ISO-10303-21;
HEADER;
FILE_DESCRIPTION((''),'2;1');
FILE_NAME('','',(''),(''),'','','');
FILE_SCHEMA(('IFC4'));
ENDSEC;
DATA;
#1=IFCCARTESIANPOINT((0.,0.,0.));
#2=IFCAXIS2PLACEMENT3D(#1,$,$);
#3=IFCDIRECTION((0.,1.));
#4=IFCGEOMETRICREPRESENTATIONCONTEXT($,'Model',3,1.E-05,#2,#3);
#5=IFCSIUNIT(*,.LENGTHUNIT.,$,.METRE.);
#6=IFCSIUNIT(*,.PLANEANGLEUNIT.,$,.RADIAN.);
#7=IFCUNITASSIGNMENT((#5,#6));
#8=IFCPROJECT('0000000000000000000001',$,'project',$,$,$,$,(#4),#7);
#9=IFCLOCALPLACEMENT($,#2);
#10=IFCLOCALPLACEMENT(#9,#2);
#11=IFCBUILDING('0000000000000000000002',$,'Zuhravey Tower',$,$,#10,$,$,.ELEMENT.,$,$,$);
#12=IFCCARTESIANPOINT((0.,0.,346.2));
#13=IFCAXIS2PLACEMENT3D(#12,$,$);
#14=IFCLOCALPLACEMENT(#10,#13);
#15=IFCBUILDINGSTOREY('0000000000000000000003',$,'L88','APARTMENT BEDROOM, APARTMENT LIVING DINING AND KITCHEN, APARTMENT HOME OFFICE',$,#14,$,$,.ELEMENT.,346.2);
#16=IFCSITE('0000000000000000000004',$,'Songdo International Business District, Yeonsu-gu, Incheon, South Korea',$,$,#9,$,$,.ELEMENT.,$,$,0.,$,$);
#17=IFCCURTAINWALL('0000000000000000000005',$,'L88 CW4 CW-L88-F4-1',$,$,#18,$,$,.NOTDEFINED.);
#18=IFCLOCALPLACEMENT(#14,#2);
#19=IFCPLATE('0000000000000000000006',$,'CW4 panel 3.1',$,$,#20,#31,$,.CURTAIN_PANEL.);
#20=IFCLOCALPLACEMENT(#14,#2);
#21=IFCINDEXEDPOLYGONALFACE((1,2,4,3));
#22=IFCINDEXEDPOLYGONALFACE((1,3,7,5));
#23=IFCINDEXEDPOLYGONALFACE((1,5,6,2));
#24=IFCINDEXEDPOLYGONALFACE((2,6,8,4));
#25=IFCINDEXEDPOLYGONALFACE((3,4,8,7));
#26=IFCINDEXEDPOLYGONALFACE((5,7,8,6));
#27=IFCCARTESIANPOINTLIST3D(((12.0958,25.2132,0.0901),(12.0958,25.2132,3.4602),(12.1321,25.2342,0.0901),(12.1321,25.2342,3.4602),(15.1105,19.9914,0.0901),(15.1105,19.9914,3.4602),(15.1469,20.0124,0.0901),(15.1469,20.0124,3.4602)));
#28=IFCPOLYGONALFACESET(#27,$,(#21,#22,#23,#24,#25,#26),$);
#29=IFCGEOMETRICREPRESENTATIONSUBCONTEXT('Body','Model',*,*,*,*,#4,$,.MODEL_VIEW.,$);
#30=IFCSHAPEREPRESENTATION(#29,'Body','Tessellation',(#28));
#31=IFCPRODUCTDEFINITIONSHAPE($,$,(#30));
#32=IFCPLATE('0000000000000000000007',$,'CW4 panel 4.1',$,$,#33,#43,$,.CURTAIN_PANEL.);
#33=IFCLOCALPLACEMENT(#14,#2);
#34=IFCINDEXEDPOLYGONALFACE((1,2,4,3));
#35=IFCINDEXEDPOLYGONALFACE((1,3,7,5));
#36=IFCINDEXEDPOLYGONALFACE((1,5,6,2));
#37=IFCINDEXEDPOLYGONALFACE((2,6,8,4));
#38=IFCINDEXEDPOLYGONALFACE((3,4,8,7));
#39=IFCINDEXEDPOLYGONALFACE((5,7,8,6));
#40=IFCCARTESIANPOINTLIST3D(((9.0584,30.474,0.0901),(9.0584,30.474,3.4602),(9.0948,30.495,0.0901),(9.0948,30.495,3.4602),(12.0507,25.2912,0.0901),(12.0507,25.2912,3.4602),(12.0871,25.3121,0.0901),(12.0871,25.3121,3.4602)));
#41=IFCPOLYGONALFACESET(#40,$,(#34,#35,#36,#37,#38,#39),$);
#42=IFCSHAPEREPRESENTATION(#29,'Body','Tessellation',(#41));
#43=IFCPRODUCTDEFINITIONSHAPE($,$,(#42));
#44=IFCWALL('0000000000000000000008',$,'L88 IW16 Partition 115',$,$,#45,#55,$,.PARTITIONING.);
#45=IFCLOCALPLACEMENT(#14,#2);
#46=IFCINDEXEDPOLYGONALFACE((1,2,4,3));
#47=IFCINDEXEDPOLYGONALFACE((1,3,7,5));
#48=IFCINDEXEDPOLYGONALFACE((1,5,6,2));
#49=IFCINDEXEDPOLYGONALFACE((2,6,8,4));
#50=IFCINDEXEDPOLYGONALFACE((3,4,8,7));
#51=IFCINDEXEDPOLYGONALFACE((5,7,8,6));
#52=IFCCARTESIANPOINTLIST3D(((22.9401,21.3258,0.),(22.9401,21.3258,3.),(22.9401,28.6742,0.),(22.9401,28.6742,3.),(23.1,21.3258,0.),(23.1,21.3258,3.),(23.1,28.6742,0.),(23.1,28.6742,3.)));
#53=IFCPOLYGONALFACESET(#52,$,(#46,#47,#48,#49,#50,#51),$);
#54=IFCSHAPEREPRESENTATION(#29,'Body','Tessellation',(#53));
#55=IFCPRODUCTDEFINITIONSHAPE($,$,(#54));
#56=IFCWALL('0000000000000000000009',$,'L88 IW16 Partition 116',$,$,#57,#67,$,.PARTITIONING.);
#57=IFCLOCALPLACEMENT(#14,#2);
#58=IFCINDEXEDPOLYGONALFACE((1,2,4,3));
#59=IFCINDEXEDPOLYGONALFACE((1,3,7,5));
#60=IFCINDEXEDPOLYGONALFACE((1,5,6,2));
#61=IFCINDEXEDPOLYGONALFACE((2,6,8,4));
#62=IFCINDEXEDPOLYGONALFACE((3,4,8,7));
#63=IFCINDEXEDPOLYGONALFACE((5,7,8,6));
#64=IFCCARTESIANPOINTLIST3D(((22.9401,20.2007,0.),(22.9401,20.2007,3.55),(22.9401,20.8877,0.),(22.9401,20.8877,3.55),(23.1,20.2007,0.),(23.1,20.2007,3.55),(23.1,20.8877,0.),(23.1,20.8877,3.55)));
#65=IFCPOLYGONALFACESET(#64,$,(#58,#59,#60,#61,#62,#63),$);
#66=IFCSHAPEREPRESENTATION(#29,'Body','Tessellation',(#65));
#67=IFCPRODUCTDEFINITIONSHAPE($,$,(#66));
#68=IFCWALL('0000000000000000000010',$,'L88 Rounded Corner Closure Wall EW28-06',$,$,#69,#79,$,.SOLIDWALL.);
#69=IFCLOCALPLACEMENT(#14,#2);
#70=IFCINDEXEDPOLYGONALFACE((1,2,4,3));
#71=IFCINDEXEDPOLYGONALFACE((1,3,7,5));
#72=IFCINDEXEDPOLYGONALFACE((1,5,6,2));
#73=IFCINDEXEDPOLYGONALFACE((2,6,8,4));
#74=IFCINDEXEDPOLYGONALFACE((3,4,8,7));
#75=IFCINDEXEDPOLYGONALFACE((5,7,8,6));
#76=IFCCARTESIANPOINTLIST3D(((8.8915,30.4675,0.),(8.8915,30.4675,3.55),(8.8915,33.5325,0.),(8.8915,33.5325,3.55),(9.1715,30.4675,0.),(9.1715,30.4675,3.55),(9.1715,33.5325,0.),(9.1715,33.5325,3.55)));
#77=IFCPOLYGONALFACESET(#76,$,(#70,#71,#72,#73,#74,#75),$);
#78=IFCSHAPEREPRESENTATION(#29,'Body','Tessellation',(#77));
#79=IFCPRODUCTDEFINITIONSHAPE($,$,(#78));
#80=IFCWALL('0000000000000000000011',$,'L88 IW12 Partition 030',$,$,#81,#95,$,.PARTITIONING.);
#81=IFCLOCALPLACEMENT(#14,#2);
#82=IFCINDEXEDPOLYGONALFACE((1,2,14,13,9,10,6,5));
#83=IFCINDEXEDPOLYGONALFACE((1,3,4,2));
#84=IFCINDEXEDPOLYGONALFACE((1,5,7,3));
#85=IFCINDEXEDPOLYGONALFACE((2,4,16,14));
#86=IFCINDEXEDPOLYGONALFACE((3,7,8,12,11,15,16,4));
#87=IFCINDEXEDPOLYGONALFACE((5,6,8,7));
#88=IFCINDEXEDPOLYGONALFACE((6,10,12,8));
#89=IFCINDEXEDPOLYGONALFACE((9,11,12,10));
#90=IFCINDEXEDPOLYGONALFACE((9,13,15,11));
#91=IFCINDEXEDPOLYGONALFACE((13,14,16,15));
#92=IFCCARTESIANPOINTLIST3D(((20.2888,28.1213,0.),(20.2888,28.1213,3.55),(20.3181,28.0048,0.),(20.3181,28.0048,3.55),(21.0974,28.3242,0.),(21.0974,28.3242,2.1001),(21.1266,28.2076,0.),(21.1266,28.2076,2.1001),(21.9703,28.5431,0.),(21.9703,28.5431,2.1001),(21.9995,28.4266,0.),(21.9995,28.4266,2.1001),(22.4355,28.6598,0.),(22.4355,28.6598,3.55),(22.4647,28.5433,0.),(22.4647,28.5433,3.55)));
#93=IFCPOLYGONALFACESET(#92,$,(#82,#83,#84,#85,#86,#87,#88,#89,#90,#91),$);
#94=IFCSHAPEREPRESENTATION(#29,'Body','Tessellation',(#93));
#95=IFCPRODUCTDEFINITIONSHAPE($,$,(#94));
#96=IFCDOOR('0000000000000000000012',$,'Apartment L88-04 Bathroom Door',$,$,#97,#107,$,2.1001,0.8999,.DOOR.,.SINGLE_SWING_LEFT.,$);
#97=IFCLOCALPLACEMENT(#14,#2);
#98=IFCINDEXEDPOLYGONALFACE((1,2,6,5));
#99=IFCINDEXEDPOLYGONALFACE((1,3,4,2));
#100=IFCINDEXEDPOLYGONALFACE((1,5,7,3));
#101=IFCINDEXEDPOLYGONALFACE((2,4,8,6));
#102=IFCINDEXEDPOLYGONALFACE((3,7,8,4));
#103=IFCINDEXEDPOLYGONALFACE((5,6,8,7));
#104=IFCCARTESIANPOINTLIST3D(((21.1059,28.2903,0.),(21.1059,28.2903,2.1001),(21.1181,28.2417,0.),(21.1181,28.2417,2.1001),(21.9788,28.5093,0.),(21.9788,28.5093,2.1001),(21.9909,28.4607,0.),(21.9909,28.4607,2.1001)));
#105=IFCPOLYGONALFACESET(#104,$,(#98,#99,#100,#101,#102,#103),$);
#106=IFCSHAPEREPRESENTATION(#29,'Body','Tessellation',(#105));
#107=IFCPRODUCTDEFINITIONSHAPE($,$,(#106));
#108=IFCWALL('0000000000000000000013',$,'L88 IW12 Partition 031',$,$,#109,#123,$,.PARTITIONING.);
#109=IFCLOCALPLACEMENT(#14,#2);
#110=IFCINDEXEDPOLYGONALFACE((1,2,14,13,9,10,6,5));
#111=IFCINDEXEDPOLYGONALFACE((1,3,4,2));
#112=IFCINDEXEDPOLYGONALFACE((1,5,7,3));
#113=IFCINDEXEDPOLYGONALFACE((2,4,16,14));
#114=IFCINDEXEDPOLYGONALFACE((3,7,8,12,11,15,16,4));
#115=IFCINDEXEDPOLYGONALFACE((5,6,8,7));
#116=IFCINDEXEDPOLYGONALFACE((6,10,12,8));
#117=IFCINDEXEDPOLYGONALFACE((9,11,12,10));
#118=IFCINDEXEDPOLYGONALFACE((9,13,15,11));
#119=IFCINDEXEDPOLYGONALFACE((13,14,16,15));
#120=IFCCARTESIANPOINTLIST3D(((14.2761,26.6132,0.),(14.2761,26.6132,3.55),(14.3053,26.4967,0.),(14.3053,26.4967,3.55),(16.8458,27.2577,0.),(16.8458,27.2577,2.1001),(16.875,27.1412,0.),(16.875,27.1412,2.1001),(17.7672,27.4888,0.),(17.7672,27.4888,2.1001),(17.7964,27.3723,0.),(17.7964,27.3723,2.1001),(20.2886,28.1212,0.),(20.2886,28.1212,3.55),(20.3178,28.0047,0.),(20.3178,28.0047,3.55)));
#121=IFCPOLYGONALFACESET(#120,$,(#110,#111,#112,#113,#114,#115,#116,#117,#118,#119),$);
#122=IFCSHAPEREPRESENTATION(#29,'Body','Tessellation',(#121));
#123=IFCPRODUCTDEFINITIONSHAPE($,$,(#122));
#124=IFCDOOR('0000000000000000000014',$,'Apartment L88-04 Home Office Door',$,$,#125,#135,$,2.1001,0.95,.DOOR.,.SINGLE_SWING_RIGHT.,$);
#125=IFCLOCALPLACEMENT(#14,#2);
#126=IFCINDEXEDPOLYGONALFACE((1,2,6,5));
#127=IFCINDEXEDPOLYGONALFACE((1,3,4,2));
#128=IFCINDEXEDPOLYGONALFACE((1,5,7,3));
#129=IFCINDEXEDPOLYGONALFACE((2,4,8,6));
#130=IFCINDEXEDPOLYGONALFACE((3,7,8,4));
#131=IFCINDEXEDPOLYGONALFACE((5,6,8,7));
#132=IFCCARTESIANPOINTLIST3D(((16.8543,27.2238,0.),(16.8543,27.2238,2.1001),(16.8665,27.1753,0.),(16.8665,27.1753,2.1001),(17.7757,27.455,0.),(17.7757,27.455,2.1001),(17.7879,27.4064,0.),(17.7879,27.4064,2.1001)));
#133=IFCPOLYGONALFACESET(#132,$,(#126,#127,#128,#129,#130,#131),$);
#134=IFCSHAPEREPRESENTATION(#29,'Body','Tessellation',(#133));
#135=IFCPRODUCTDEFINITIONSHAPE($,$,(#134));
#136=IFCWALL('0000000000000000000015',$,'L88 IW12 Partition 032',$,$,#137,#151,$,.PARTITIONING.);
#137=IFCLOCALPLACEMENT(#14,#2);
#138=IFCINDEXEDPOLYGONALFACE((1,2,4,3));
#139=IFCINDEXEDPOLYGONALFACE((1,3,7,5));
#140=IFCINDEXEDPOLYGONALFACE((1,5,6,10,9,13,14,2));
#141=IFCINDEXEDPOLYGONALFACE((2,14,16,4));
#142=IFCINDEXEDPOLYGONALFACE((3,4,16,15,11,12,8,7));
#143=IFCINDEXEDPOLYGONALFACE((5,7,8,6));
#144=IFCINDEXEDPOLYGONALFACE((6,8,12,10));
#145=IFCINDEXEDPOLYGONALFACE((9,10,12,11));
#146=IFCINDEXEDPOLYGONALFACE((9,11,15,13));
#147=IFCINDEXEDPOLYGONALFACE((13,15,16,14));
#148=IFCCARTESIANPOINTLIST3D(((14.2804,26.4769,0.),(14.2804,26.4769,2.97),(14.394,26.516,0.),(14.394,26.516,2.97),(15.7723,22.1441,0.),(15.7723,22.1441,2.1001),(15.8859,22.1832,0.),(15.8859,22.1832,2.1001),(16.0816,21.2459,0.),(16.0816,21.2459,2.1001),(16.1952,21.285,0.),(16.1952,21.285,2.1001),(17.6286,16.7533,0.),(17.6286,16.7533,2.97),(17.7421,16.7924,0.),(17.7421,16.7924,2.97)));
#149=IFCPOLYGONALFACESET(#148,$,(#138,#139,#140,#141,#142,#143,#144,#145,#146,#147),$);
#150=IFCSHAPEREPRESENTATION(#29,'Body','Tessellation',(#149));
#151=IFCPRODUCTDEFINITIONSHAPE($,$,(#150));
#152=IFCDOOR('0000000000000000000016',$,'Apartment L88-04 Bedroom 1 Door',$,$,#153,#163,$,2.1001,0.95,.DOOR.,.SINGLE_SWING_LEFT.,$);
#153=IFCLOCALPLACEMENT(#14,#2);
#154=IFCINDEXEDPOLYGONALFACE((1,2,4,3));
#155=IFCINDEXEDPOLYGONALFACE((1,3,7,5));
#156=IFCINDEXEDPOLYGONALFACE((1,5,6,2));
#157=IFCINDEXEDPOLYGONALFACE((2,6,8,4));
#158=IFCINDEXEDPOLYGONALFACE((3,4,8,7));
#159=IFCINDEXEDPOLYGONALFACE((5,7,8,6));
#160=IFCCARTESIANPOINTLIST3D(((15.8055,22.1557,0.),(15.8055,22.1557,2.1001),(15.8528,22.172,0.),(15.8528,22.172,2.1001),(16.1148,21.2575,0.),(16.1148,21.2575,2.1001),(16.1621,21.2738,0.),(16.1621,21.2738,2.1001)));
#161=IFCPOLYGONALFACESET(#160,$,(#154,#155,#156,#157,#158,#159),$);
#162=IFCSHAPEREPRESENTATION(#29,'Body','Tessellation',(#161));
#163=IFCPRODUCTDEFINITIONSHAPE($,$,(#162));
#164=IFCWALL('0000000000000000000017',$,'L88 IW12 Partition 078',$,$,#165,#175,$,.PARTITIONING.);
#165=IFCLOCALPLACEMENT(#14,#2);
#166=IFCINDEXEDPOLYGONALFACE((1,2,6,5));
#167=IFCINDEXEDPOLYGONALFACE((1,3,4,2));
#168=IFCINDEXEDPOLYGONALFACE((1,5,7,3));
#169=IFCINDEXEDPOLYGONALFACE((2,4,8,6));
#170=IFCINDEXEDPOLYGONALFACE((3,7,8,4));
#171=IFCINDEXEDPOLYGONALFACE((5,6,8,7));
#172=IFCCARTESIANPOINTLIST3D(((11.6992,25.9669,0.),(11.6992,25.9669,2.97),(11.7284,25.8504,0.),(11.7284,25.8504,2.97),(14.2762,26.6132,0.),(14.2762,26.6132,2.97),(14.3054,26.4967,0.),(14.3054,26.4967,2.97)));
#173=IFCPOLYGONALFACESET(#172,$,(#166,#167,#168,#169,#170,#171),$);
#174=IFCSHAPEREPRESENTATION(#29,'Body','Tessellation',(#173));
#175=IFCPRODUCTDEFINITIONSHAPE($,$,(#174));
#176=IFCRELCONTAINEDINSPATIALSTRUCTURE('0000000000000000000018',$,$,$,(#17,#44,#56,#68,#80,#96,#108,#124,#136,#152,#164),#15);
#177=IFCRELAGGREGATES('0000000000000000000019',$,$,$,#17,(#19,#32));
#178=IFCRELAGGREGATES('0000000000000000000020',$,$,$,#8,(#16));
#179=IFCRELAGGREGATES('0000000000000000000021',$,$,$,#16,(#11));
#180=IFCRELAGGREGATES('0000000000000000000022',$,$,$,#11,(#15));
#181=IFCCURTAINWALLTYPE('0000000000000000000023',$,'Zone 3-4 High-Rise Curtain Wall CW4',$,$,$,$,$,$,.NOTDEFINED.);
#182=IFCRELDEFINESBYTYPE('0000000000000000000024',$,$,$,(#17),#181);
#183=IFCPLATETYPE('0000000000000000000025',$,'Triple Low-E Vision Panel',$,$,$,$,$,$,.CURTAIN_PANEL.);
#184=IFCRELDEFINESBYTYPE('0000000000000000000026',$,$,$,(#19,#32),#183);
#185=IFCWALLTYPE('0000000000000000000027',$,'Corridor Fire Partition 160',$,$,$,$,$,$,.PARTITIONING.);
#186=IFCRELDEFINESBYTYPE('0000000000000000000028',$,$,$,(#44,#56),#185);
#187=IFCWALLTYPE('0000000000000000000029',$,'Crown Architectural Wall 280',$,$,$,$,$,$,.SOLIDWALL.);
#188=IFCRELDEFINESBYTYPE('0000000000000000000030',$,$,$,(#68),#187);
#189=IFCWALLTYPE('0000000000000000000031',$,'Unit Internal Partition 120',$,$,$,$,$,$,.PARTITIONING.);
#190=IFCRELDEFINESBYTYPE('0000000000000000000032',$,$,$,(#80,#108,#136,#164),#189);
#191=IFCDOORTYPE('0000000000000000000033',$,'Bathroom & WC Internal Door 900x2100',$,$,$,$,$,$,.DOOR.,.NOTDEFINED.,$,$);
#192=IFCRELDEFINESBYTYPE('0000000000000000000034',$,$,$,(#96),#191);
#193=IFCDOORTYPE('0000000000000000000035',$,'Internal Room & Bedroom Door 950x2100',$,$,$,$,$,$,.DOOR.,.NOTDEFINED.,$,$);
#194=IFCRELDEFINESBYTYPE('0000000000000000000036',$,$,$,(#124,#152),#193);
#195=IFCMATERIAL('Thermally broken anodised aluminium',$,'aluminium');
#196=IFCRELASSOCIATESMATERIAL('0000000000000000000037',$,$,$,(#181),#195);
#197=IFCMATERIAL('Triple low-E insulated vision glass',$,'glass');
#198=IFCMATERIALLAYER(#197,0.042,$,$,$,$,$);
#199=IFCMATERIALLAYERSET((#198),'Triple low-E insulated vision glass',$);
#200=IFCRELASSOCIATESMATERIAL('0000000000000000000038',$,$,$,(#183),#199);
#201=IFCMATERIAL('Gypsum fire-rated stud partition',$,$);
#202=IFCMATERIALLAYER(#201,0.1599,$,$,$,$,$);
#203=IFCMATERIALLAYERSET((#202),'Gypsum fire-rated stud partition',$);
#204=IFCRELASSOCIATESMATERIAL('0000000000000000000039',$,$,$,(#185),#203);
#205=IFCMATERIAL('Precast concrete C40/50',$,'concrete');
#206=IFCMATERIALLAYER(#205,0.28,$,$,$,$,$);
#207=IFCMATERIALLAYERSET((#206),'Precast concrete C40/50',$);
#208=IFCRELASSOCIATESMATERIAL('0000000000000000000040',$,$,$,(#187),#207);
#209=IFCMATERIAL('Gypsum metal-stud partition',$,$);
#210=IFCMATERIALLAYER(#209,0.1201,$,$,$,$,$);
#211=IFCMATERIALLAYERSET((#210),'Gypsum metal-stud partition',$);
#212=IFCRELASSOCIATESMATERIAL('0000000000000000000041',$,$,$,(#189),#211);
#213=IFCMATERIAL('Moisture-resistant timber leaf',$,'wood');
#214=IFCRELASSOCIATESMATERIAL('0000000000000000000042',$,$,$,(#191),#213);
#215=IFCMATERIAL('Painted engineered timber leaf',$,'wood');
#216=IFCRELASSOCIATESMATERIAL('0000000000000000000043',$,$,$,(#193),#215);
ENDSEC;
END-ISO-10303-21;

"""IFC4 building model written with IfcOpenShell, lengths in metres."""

from ifc_helpers import new_model, si_unit, direction, frame, frame_2d, origin, origin_2d, place, context, subcontext, project, spatial, rectangle, extrude, material, layer, layer_set, type_object, element, fill, aggregate, save


model = new_model("IFC4")

# Units and contexts
model_context = context("Model", 3, precision=1e-05, world=origin(), true_north=direction((0.0, 1.0)))
body_context = subcontext(model_context, "Body", "Model", "MODEL_VIEW")
ifc_project = project(units=[si_unit("LENGTHUNIT", "METRE"), si_unit("PLANEANGLEUNIT", "RADIAN")], contexts=[model_context])

# Site, building, storey
site_placement = place(None, origin())
site = spatial("IfcSite", under=ifc_project, at=site_placement, Name="Songdo International Business District, Yeonsu-gu, Incheon, South Korea", CompositionType="ELEMENT", RefElevation=0.0)
building_placement = place(site_placement, origin())
building = spatial("IfcBuilding", under=site, at=building_placement, Name="Zuhravey Tower", CompositionType="ELEMENT")
storey_placement = place(building_placement, frame((0.0, 0.0, 346.2)))
storey = spatial("IfcBuildingStorey", under=building, at=storey_placement, Name="L88", Description="APARTMENT BEDROOM, APARTMENT LIVING DINING AND KITCHEN, APARTMENT HOME OFFICE", CompositionType="ELEMENT", Elevation=346.2)

# Curtain wall
ifc_material_1 = material(Name="Thermally broken anodised aluminium", Category="aluminium")
curtain_wall_type = type_object("IfcCurtainWallType", Name="Zone 3-4 High-Rise Curtain Wall CW4", PredefinedType="NOTDEFINED", material=ifc_material_1)
curtain_wall_placement = place(storey_placement, origin())
curtain_wall = element("IfcCurtainWall", 1, at=curtain_wall_placement, inside=storey, type_object=curtain_wall_type, Name="L88 CW4 CW-L88-F4-1", PredefinedType="NOTDEFINED")

# Plates
ifc_material_2 = material(Name="Triple low-E insulated vision glass", Category="glass")
ifc_layer_1 = layer(ifc_material_2, 0.042)
ifc_layer_set_1 = layer_set([ifc_layer_1], Name="Triple low-E insulated vision glass")
plate_type_1 = type_object("IfcPlateType", Name="Triple Low-E Vision Panel", PredefinedType="CURTAIN_PANEL", material=ifc_layer_set_1)
plate_1_placement = place(storey_placement, frame((13.6213, 22.6128, 0.0901), z_axis=(0.0, 0.0, 1.0), x_axis=(-0.5, 0.866026, 0.0)))
plate_1 = element("IfcPlate", 2, at=plate_1_placement, type_object=plate_type_1, Name="CW4 panel 3.1", PredefinedType="CURTAIN_PANEL", context=body_context, shape_type="SweptSolid", body=[
    extrude(rectangle(XDim=6.0295, YDim=0.042, at=origin_2d()), origin(), (0.0, 0.0, 1.0), 3.3701),
])
plate_2_placement = place(storey_placement, frame((10.5728, 27.8931, 0.0901), z_axis=(0.0, 0.0, 1.0), x_axis=(-0.5, 0.866026, 0.0)))
plate_2 = element("IfcPlate", 3, at=plate_2_placement, type_object=plate_type_1, Name="CW4 panel 4.1", PredefinedType="CURTAIN_PANEL", context=body_context, shape_type="SweptSolid", body=[
    extrude(rectangle(XDim=5.9846, YDim=0.042, at=origin_2d()), origin(), (0.0, 0.0, 1.0), 3.3701),
])
aggregate(curtain_wall, [plate_1, plate_2])

# Shared definitions
ifc_material_3 = material(Name="Gypsum fire-rated stud partition")
ifc_layer_2 = layer(ifc_material_3, 0.1599)
ifc_layer_set_2 = layer_set([ifc_layer_2], Name="Gypsum fire-rated stud partition")
wall_type_1 = type_object("IfcWallType", Name="Corridor Fire Partition 160", PredefinedType="PARTITIONING", material=ifc_layer_set_2)

# Walls
wall_1_placement = place(storey_placement, frame((23.02, 28.6743, 0.0), z_axis=(0.0, 0.0, 1.0), x_axis=(0.0, -1.0, 0.0)))
element("IfcWall", 4, at=wall_1_placement, inside=storey, type_object=wall_type_1, Name="L88 IW16 Partition 115", PredefinedType="PARTITIONING", context=body_context, shape_type="SweptSolid", body=[
    extrude(rectangle(XDim=7.3484, YDim=0.1599, at=frame_2d((3.6743, 0.0))), origin(), (0.0, 0.0, 1.0), 3.0),
])
wall_2_placement = place(storey_placement, frame((23.02, 20.8877, 0.0), z_axis=(0.0, 0.0, 1.0), x_axis=(0.0, -1.0, 0.0)))
element("IfcWall", 5, at=wall_2_placement, inside=storey, type_object=wall_type_1, Name="L88 IW16 Partition 116", PredefinedType="PARTITIONING", context=body_context, shape_type="SweptSolid", body=[
    extrude(rectangle(XDim=0.687, YDim=0.1599, at=frame_2d((0.3435, 0.0))), origin(), (0.0, 0.0, 1.0), 3.55),
])
ifc_material_4 = material(Name="Precast concrete C40/50", Category="concrete")
ifc_layer_3 = layer(ifc_material_4, 0.28)
ifc_layer_set_3 = layer_set([ifc_layer_3], Name="Precast concrete C40/50")
wall_type_2 = type_object("IfcWallType", Name="Crown Architectural Wall 280", PredefinedType="SOLIDWALL", material=ifc_layer_set_3)
wall_3_placement = place(storey_placement, frame((9.0315, 30.4675, 0.0), z_axis=(0.0, 0.0, 1.0), x_axis=(0.0, 1.0, 0.0)))
element("IfcWall", 6, at=wall_3_placement, inside=storey, type_object=wall_type_2, Name="L88 Rounded Corner Closure Wall EW28-06", PredefinedType="SOLIDWALL", context=body_context, shape_type="SweptSolid", body=[
    extrude(rectangle(XDim=3.0649, YDim=0.28, at=frame_2d((1.5325, 0.0))), origin(), (0.0, 0.0, 1.0), 3.55),
])

# Walls, openings, doors
ifc_material_5 = material(Name="Gypsum metal-stud partition")
ifc_layer_4 = layer(ifc_material_5, 0.1201)
ifc_layer_set_4 = layer_set([ifc_layer_4], Name="Gypsum metal-stud partition")
wall_type_3 = type_object("IfcWallType", Name="Unit Internal Partition 120", PredefinedType="PARTITIONING", material=ifc_layer_set_4)
wall_4_placement = place(storey_placement, frame((22.45, 28.6016, 0.0), z_axis=(0.0, 0.0, 1.0), x_axis=(-0.969941, -0.24334, 0.0)))
wall_4 = element("IfcWall", 7, at=wall_4_placement, inside=storey, type_object=wall_type_3, Name="L88 IW12 Partition 030", PredefinedType="PARTITIONING", context=body_context, shape_type="SweptSolid", body=[
    extrude(rectangle(XDim=2.2131, YDim=0.1201, at=frame_2d((1.1064, 0.0))), origin(), (0.0, 0.0, 1.0), 3.55),
])
opening_1_placement = place(wall_4_placement, frame((0.4795, 0.0, 0.0)))
opening_1 = element("IfcOpeningElement", 8, at=opening_1_placement, cuts=wall_4, PredefinedType="OPENING", context=body_context, shape_type="SweptSolid", body=[
    extrude(rectangle(XDim=0.8999, YDim=2.1001, at=frame_2d((0.45, 1.05))), frame((0.0, 0.072, 0.0), z_axis=(0.0, -1.0, 0.0), x_axis=(1.0, 0.0, 0.0)), (0.0, 0.0, 1.0), 0.144),
])
ifc_material_6 = material(Name="Moisture-resistant timber leaf", Category="wood")
door_type_1 = type_object("IfcDoorType", Name="Bathroom & WC Internal Door 900x2100", OperationType="NOTDEFINED", PredefinedType="DOOR", material=ifc_material_6)
door_1_placement = place(opening_1_placement, origin())
door_1 = element("IfcDoor", 9, at=door_1_placement, inside=storey, type_object=door_type_1, Name="Apartment L88-04 Bathroom Door", OperationType="SINGLE_SWING_LEFT", OverallHeight=2.1001, OverallWidth=0.8999, PredefinedType="DOOR", context=body_context, shape_type="SweptSolid", body=[
    extrude(rectangle(XDim=0.8999, YDim=2.1001, at=frame_2d((0.45, 1.05))), frame((0.0, 0.0249, 0.0), z_axis=(0.0, -1.0, 0.0), x_axis=(1.0, 0.0, 0.0)), (0.0, 0.0, 1.0), 0.05),
])
fill(opening_1, door_1)
wall_5_placement = place(storey_placement, frame((20.3032, 28.063, 0.0), z_axis=(0.0, 0.0, 1.0), x_axis=(-0.969955, -0.243286, 0.0)))
wall_5 = element("IfcWall", 10, at=wall_5_placement, inside=storey, type_object=wall_type_3, Name="L88 IW12 Partition 031", PredefinedType="PARTITIONING", context=body_context, shape_type="SweptSolid", body=[
    extrude(rectangle(XDim=6.1987, YDim=0.1201, at=frame_2d((3.0994, 0.0))), origin(), (0.0, 0.0, 1.0), 3.55),
])
opening_2_placement = place(wall_5_placement, frame((2.5994, 0.0, 0.0)))
opening_2 = element("IfcOpeningElement", 11, at=opening_2_placement, cuts=wall_5, PredefinedType="OPENING", context=body_context, shape_type="SweptSolid", body=[
    extrude(rectangle(XDim=0.95, YDim=2.1001, at=frame_2d((0.4751, 1.05))), frame((0.0, 0.072, 0.0), z_axis=(0.0, -1.0, 0.0), x_axis=(1.0, 0.0, 0.0)), (0.0, 0.0, 1.0), 0.144),
])
ifc_material_7 = material(Name="Painted engineered timber leaf", Category="wood")
door_type_2 = type_object("IfcDoorType", Name="Internal Room & Bedroom Door 950x2100", OperationType="NOTDEFINED", PredefinedType="DOOR", material=ifc_material_7)
door_2_placement = place(opening_2_placement, origin())
door_2 = element("IfcDoor", 12, at=door_2_placement, inside=storey, type_object=door_type_2, Name="Apartment L88-04 Home Office Door", OperationType="SINGLE_SWING_RIGHT", OverallHeight=2.1001, OverallWidth=0.95, PredefinedType="DOOR", context=body_context, shape_type="SweptSolid", body=[
    extrude(rectangle(XDim=0.95, YDim=2.1001, at=frame_2d((0.4751, 1.05))), frame((0.0, 0.0249, 0.0), z_axis=(0.0, -1.0, 0.0), x_axis=(1.0, 0.0, 0.0)), (0.0, 0.0, 1.0), 0.05),
])
fill(opening_2, door_2)
wall_6_placement = place(storey_placement, frame((14.3372, 26.4966, 0.0), z_axis=(0.0, 0.0, 1.0), x_axis=(0.325571, -0.945518, 0.0)))
wall_6 = element("IfcWall", 13, at=wall_6_placement, inside=storey, type_object=wall_type_3, Name="L88 IW12 Partition 032", PredefinedType="PARTITIONING", context=body_context, shape_type="SweptSolid", body=[
    extrude(rectangle(XDim=10.2839, YDim=0.1201, at=frame_2d((5.1421, 0.0))), origin(), (0.0, 0.0, 1.0), 2.97),
])
opening_3_placement = place(wall_6_placement, frame((4.5825, 0.0, 0.0)))
opening_3 = element("IfcOpeningElement", 14, at=opening_3_placement, cuts=wall_6, PredefinedType="OPENING", context=body_context, shape_type="SweptSolid", body=[
    extrude(rectangle(XDim=0.95, YDim=2.1001, at=frame_2d((0.4751, 1.05))), frame((0.0, 0.072, 0.0), z_axis=(0.0, -1.0, 0.0), x_axis=(1.0, 0.0, 0.0)), (0.0, 0.0, 1.0), 0.144),
])
door_3_placement = place(opening_3_placement, frame((0.95, 0.0, 0.0), z_axis=(0.0, 0.0, 1.0), x_axis=(-1.0, 0.0, 0.0)))
door_3 = element("IfcDoor", 15, at=door_3_placement, inside=storey, type_object=door_type_2, Name="Apartment L88-04 Bedroom 1 Door", OperationType="SINGLE_SWING_LEFT", OverallHeight=2.1001, OverallWidth=0.95, PredefinedType="DOOR", context=body_context, shape_type="SweptSolid", body=[
    extrude(rectangle(XDim=0.95, YDim=2.1001, at=frame_2d((0.4751, 1.05))), frame((0.0, 0.0249, 0.0), z_axis=(0.0, -1.0, 0.0), x_axis=(1.0, 0.0, 0.0)), (0.0, 0.0, 1.0), 0.05),
])
fill(opening_3, door_3)

# Wall
wall_7_placement = place(storey_placement, frame((14.2908, 26.5549, 0.0), z_axis=(0.0, 0.0, 1.0), x_axis=(-0.969964, -0.243249, 0.0)))
element("IfcWall", 16, at=wall_7_placement, inside=storey, type_object=wall_type_3, Name="L88 IW12 Partition 078", PredefinedType="PARTITIONING", context=body_context, shape_type="SweptSolid", body=[
    extrude(rectangle(XDim=2.6567, YDim=0.1201, at=frame_2d((1.3284, 0.0))), origin(), (0.0, 0.0, 1.0), 2.97),
])

save(model, "model.ifc")
